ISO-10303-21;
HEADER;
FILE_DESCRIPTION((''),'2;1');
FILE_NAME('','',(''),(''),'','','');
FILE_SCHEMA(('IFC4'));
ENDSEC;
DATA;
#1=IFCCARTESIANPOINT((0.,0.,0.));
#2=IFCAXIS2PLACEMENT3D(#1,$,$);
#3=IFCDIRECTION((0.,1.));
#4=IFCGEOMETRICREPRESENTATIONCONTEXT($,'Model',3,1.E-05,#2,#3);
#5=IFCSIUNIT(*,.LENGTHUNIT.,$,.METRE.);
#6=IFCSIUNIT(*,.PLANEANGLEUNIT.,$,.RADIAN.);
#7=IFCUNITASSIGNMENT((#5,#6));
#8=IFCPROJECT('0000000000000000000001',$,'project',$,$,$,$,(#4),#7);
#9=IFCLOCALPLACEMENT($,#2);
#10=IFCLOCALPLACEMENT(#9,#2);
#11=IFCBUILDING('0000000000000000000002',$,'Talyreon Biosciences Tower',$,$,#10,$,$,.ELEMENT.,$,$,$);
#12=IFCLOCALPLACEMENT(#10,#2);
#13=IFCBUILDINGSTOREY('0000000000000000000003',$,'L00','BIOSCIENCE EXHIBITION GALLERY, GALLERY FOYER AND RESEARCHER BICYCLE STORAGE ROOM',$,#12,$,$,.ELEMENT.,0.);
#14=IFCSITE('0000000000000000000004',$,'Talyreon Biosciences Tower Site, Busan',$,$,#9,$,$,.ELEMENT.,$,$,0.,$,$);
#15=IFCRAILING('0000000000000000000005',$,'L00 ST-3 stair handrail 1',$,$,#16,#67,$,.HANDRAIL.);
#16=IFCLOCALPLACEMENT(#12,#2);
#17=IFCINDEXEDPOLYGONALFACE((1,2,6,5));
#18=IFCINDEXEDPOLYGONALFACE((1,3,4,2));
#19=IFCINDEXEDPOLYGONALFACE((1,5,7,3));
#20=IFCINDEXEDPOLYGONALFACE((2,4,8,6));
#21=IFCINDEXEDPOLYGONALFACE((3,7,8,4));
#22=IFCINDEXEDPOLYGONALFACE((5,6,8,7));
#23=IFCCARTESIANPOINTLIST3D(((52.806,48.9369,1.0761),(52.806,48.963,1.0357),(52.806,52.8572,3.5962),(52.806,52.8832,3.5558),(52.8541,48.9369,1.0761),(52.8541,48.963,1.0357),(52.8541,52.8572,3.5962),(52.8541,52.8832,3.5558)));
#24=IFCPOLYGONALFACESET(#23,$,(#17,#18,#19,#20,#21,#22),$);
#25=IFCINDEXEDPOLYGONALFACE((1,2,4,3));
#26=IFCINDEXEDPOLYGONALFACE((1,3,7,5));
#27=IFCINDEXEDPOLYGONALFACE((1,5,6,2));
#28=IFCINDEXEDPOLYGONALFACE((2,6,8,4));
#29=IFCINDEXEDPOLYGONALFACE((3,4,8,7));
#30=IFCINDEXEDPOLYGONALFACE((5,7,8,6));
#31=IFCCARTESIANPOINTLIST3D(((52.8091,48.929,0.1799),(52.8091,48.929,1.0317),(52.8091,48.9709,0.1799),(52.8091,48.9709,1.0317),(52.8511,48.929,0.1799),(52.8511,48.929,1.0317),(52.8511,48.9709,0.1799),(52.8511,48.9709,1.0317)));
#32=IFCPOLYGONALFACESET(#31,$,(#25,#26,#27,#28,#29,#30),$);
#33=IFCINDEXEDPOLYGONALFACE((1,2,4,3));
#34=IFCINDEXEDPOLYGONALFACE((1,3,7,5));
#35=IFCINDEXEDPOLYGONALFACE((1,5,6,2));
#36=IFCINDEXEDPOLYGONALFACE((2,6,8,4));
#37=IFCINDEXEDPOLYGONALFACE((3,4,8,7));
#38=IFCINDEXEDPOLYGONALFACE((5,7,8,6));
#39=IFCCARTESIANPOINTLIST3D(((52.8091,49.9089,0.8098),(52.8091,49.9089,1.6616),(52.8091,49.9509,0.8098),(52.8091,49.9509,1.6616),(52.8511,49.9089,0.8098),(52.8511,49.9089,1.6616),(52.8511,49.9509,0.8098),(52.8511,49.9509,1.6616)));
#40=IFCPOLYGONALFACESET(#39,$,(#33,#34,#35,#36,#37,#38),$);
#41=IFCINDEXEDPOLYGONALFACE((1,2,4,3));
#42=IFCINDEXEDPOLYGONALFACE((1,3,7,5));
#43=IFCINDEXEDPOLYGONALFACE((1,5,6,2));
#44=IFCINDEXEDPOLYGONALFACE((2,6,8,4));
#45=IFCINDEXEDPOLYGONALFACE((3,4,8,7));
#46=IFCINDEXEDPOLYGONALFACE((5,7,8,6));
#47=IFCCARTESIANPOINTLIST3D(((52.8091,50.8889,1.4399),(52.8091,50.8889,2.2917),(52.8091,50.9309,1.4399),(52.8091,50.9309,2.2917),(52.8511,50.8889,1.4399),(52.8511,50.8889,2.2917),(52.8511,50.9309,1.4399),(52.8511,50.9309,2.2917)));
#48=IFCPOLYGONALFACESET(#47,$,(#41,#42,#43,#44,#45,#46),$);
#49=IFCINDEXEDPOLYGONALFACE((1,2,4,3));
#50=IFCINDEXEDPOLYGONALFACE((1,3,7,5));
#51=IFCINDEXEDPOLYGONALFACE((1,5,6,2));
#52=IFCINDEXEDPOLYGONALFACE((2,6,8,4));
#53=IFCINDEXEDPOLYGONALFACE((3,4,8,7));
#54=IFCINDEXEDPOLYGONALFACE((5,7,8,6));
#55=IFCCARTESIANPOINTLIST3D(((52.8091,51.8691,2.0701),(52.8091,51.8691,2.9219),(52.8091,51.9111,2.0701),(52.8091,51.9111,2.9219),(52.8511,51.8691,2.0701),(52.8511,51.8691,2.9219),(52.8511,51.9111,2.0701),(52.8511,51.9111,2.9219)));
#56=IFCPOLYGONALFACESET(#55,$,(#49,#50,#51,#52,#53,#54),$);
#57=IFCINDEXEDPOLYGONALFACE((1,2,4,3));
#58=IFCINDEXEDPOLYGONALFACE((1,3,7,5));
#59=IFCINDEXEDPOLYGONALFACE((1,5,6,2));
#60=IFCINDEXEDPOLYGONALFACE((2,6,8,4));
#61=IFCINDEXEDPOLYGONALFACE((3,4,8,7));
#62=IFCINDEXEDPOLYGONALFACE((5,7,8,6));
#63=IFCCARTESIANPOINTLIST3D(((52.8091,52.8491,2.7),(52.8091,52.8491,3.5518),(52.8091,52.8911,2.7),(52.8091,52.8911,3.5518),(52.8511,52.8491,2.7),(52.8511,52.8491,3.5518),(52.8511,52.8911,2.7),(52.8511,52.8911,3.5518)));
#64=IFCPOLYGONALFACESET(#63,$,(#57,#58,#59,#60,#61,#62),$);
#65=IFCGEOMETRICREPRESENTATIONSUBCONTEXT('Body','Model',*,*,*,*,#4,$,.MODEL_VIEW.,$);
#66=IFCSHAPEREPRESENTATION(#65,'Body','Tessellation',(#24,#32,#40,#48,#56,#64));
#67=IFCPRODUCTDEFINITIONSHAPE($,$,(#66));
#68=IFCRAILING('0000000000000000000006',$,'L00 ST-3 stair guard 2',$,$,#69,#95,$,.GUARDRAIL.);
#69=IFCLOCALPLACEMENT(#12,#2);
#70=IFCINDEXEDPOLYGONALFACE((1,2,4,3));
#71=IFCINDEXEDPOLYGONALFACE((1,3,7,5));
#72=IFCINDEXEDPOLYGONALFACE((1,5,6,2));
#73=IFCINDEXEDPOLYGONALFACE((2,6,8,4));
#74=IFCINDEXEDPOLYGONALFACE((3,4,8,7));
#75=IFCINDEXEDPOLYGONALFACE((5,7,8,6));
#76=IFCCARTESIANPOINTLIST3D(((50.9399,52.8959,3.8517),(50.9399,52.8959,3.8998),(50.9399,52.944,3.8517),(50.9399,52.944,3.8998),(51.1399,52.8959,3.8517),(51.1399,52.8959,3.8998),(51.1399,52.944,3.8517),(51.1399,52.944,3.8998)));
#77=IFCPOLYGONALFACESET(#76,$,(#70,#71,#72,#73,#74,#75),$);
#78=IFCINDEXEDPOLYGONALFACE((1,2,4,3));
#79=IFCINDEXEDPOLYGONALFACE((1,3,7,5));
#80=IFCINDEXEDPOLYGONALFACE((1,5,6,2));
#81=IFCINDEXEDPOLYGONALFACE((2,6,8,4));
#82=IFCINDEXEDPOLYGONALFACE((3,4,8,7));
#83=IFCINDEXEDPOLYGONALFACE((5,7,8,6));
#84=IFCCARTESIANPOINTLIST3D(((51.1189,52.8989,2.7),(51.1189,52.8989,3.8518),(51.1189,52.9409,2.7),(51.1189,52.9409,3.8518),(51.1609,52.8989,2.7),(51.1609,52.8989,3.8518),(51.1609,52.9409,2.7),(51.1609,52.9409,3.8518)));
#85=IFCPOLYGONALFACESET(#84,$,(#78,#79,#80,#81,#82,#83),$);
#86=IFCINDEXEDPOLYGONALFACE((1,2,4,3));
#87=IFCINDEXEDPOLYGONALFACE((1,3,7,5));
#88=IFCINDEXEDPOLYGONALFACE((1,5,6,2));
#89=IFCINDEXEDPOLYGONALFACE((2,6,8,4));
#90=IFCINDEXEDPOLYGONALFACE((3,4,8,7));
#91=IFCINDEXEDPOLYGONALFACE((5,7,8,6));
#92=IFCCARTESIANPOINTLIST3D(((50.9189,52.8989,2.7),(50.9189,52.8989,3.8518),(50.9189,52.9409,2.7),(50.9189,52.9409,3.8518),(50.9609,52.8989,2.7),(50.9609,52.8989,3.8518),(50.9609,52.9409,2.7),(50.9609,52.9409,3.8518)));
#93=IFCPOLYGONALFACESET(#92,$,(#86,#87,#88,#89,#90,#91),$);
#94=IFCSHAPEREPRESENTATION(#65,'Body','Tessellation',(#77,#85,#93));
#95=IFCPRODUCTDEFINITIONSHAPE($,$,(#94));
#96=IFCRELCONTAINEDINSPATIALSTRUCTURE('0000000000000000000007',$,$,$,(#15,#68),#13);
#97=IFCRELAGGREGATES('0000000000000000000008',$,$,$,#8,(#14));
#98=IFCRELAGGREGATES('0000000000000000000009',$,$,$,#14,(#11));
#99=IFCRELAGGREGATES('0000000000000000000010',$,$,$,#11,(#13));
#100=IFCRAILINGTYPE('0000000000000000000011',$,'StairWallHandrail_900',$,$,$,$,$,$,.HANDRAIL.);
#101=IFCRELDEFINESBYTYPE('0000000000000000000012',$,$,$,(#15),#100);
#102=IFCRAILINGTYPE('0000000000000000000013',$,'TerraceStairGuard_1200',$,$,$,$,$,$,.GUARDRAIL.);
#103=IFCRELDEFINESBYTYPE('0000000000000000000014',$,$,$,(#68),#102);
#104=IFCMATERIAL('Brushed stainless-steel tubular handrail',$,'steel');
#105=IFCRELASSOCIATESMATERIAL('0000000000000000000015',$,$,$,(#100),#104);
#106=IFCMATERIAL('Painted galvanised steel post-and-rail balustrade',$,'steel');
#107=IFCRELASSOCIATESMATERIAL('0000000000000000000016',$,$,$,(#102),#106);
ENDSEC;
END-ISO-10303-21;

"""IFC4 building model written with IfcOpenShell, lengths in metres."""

from ifc_helpers import new_model, si_unit, direction, frame, origin, origin_2d, place, context, subcontext, project, spatial, rectangle, extrude, material, type_object, element, save


model = new_model("IFC4")

# Units and contexts
model_context = context("Model", 3, precision=1e-05, world=origin(), true_north=direction((0.0, 1.0)))
body_context = subcontext(model_context, "Body", "Model", "MODEL_VIEW")
ifc_project = project(units=[si_unit("LENGTHUNIT", "METRE"), si_unit("PLANEANGLEUNIT", "RADIAN")], contexts=[model_context])

# Site, building, storey
site_placement = place(None, origin())
site = spatial("IfcSite", under=ifc_project, at=site_placement, Name="Talyreon Biosciences Tower Site, Busan", CompositionType="ELEMENT", RefElevation=0.0)
building_placement = place(site_placement, origin())
building = spatial("IfcBuilding", under=site, at=building_placement, Name="Talyreon Biosciences Tower", CompositionType="ELEMENT")
storey_placement = place(building_placement, origin())
storey = spatial("IfcBuildingStorey", under=building, at=storey_placement, Name="L00", Description="BIOSCIENCE EXHIBITION GALLERY, GALLERY FOYER AND RESEARCHER BICYCLE STORAGE ROOM", CompositionType="ELEMENT", Elevation=0.0)

# Railings
ifc_material_1 = material(Name="Brushed stainless-steel tubular handrail", Category="steel")
railing_type_1 = type_object("IfcRailingType", Name="StairWallHandrail_900", PredefinedType="HANDRAIL", material=ifc_material_1)
railing_1_placement = place(storey_placement, frame((52.8301, 48.95, 0.1799)))
element("IfcRailing", 1, at=railing_1_placement, inside=storey, type_object=railing_type_1, Name="L00 ST-3 stair handrail 1", PredefinedType="HANDRAIL", context=body_context, shape_type="SweptSolid", body=[
    extrude(rectangle(XDim=0.0481, YDim=0.0481, at=origin_2d()), frame((0.0, 0.0, 0.876), z_axis=(0.0, 0.841187, 0.540744), x_axis=(-1.0, 0.0, 0.0)), (0.0, 0.0, 1.0), 4.6604),
    extrude(rectangle(XDim=0.042, YDim=0.042, at=origin_2d()), origin(), (0.0, 0.0, 1.0), 0.8518),
    extrude(rectangle(XDim=0.042, YDim=0.042, at=origin_2d()), frame((0.0, 0.98, 0.6299)), (0.0, 0.0, 1.0), 0.8518),
    extrude(rectangle(XDim=0.042, YDim=0.042, at=origin_2d()), frame((0.0, 1.96, 1.26)), (0.0, 0.0, 1.0), 0.8518),
    extrude(rectangle(XDim=0.042, YDim=0.042, at=origin_2d()), frame((0.0, 2.9402, 1.8901)), (0.0, 0.0, 1.0), 0.8518),
    extrude(rectangle(XDim=0.042, YDim=0.042, at=origin_2d()), frame((0.0, 3.9202, 2.52)), (0.0, 0.0, 1.0), 0.8518),
])
ifc_material_2 = material(Name="Painted galvanised steel post-and-rail balustrade", Category="steel")
railing_type_2 = type_object("IfcRailingType", Name="TerraceStairGuard_1200", PredefinedType="GUARDRAIL", material=ifc_material_2)
railing_2_placement = place(storey_placement, frame((51.1399, 52.9199, 2.7)))
element("IfcRailing", 2, at=railing_2_placement, inside=storey, type_object=railing_type_2, Name="L00 ST-3 stair guard 2", PredefinedType="GUARDRAIL", context=body_context, shape_type="SweptSolid", body=[
    extrude(rectangle(XDim=0.0481, YDim=0.0481, at=origin_2d()), frame((0.0, 0.0, 1.1758), z_axis=(-1.0, 0.0, 0.0), x_axis=(0.0, -1.0, 0.0)), (0.0, 0.0, 1.0), 0.2),
    extrude(rectangle(XDim=0.042, YDim=0.042, at=origin_2d()), origin(), (0.0, 0.0, 1.0), 1.1519),
    extrude(rectangle(XDim=0.042, YDim=0.042, at=origin_2d()), frame((-0.2, 0.0, 0.0)), (0.0, 0.0, 1.0), 1.1519),
])

save(model, "model.ifc")
